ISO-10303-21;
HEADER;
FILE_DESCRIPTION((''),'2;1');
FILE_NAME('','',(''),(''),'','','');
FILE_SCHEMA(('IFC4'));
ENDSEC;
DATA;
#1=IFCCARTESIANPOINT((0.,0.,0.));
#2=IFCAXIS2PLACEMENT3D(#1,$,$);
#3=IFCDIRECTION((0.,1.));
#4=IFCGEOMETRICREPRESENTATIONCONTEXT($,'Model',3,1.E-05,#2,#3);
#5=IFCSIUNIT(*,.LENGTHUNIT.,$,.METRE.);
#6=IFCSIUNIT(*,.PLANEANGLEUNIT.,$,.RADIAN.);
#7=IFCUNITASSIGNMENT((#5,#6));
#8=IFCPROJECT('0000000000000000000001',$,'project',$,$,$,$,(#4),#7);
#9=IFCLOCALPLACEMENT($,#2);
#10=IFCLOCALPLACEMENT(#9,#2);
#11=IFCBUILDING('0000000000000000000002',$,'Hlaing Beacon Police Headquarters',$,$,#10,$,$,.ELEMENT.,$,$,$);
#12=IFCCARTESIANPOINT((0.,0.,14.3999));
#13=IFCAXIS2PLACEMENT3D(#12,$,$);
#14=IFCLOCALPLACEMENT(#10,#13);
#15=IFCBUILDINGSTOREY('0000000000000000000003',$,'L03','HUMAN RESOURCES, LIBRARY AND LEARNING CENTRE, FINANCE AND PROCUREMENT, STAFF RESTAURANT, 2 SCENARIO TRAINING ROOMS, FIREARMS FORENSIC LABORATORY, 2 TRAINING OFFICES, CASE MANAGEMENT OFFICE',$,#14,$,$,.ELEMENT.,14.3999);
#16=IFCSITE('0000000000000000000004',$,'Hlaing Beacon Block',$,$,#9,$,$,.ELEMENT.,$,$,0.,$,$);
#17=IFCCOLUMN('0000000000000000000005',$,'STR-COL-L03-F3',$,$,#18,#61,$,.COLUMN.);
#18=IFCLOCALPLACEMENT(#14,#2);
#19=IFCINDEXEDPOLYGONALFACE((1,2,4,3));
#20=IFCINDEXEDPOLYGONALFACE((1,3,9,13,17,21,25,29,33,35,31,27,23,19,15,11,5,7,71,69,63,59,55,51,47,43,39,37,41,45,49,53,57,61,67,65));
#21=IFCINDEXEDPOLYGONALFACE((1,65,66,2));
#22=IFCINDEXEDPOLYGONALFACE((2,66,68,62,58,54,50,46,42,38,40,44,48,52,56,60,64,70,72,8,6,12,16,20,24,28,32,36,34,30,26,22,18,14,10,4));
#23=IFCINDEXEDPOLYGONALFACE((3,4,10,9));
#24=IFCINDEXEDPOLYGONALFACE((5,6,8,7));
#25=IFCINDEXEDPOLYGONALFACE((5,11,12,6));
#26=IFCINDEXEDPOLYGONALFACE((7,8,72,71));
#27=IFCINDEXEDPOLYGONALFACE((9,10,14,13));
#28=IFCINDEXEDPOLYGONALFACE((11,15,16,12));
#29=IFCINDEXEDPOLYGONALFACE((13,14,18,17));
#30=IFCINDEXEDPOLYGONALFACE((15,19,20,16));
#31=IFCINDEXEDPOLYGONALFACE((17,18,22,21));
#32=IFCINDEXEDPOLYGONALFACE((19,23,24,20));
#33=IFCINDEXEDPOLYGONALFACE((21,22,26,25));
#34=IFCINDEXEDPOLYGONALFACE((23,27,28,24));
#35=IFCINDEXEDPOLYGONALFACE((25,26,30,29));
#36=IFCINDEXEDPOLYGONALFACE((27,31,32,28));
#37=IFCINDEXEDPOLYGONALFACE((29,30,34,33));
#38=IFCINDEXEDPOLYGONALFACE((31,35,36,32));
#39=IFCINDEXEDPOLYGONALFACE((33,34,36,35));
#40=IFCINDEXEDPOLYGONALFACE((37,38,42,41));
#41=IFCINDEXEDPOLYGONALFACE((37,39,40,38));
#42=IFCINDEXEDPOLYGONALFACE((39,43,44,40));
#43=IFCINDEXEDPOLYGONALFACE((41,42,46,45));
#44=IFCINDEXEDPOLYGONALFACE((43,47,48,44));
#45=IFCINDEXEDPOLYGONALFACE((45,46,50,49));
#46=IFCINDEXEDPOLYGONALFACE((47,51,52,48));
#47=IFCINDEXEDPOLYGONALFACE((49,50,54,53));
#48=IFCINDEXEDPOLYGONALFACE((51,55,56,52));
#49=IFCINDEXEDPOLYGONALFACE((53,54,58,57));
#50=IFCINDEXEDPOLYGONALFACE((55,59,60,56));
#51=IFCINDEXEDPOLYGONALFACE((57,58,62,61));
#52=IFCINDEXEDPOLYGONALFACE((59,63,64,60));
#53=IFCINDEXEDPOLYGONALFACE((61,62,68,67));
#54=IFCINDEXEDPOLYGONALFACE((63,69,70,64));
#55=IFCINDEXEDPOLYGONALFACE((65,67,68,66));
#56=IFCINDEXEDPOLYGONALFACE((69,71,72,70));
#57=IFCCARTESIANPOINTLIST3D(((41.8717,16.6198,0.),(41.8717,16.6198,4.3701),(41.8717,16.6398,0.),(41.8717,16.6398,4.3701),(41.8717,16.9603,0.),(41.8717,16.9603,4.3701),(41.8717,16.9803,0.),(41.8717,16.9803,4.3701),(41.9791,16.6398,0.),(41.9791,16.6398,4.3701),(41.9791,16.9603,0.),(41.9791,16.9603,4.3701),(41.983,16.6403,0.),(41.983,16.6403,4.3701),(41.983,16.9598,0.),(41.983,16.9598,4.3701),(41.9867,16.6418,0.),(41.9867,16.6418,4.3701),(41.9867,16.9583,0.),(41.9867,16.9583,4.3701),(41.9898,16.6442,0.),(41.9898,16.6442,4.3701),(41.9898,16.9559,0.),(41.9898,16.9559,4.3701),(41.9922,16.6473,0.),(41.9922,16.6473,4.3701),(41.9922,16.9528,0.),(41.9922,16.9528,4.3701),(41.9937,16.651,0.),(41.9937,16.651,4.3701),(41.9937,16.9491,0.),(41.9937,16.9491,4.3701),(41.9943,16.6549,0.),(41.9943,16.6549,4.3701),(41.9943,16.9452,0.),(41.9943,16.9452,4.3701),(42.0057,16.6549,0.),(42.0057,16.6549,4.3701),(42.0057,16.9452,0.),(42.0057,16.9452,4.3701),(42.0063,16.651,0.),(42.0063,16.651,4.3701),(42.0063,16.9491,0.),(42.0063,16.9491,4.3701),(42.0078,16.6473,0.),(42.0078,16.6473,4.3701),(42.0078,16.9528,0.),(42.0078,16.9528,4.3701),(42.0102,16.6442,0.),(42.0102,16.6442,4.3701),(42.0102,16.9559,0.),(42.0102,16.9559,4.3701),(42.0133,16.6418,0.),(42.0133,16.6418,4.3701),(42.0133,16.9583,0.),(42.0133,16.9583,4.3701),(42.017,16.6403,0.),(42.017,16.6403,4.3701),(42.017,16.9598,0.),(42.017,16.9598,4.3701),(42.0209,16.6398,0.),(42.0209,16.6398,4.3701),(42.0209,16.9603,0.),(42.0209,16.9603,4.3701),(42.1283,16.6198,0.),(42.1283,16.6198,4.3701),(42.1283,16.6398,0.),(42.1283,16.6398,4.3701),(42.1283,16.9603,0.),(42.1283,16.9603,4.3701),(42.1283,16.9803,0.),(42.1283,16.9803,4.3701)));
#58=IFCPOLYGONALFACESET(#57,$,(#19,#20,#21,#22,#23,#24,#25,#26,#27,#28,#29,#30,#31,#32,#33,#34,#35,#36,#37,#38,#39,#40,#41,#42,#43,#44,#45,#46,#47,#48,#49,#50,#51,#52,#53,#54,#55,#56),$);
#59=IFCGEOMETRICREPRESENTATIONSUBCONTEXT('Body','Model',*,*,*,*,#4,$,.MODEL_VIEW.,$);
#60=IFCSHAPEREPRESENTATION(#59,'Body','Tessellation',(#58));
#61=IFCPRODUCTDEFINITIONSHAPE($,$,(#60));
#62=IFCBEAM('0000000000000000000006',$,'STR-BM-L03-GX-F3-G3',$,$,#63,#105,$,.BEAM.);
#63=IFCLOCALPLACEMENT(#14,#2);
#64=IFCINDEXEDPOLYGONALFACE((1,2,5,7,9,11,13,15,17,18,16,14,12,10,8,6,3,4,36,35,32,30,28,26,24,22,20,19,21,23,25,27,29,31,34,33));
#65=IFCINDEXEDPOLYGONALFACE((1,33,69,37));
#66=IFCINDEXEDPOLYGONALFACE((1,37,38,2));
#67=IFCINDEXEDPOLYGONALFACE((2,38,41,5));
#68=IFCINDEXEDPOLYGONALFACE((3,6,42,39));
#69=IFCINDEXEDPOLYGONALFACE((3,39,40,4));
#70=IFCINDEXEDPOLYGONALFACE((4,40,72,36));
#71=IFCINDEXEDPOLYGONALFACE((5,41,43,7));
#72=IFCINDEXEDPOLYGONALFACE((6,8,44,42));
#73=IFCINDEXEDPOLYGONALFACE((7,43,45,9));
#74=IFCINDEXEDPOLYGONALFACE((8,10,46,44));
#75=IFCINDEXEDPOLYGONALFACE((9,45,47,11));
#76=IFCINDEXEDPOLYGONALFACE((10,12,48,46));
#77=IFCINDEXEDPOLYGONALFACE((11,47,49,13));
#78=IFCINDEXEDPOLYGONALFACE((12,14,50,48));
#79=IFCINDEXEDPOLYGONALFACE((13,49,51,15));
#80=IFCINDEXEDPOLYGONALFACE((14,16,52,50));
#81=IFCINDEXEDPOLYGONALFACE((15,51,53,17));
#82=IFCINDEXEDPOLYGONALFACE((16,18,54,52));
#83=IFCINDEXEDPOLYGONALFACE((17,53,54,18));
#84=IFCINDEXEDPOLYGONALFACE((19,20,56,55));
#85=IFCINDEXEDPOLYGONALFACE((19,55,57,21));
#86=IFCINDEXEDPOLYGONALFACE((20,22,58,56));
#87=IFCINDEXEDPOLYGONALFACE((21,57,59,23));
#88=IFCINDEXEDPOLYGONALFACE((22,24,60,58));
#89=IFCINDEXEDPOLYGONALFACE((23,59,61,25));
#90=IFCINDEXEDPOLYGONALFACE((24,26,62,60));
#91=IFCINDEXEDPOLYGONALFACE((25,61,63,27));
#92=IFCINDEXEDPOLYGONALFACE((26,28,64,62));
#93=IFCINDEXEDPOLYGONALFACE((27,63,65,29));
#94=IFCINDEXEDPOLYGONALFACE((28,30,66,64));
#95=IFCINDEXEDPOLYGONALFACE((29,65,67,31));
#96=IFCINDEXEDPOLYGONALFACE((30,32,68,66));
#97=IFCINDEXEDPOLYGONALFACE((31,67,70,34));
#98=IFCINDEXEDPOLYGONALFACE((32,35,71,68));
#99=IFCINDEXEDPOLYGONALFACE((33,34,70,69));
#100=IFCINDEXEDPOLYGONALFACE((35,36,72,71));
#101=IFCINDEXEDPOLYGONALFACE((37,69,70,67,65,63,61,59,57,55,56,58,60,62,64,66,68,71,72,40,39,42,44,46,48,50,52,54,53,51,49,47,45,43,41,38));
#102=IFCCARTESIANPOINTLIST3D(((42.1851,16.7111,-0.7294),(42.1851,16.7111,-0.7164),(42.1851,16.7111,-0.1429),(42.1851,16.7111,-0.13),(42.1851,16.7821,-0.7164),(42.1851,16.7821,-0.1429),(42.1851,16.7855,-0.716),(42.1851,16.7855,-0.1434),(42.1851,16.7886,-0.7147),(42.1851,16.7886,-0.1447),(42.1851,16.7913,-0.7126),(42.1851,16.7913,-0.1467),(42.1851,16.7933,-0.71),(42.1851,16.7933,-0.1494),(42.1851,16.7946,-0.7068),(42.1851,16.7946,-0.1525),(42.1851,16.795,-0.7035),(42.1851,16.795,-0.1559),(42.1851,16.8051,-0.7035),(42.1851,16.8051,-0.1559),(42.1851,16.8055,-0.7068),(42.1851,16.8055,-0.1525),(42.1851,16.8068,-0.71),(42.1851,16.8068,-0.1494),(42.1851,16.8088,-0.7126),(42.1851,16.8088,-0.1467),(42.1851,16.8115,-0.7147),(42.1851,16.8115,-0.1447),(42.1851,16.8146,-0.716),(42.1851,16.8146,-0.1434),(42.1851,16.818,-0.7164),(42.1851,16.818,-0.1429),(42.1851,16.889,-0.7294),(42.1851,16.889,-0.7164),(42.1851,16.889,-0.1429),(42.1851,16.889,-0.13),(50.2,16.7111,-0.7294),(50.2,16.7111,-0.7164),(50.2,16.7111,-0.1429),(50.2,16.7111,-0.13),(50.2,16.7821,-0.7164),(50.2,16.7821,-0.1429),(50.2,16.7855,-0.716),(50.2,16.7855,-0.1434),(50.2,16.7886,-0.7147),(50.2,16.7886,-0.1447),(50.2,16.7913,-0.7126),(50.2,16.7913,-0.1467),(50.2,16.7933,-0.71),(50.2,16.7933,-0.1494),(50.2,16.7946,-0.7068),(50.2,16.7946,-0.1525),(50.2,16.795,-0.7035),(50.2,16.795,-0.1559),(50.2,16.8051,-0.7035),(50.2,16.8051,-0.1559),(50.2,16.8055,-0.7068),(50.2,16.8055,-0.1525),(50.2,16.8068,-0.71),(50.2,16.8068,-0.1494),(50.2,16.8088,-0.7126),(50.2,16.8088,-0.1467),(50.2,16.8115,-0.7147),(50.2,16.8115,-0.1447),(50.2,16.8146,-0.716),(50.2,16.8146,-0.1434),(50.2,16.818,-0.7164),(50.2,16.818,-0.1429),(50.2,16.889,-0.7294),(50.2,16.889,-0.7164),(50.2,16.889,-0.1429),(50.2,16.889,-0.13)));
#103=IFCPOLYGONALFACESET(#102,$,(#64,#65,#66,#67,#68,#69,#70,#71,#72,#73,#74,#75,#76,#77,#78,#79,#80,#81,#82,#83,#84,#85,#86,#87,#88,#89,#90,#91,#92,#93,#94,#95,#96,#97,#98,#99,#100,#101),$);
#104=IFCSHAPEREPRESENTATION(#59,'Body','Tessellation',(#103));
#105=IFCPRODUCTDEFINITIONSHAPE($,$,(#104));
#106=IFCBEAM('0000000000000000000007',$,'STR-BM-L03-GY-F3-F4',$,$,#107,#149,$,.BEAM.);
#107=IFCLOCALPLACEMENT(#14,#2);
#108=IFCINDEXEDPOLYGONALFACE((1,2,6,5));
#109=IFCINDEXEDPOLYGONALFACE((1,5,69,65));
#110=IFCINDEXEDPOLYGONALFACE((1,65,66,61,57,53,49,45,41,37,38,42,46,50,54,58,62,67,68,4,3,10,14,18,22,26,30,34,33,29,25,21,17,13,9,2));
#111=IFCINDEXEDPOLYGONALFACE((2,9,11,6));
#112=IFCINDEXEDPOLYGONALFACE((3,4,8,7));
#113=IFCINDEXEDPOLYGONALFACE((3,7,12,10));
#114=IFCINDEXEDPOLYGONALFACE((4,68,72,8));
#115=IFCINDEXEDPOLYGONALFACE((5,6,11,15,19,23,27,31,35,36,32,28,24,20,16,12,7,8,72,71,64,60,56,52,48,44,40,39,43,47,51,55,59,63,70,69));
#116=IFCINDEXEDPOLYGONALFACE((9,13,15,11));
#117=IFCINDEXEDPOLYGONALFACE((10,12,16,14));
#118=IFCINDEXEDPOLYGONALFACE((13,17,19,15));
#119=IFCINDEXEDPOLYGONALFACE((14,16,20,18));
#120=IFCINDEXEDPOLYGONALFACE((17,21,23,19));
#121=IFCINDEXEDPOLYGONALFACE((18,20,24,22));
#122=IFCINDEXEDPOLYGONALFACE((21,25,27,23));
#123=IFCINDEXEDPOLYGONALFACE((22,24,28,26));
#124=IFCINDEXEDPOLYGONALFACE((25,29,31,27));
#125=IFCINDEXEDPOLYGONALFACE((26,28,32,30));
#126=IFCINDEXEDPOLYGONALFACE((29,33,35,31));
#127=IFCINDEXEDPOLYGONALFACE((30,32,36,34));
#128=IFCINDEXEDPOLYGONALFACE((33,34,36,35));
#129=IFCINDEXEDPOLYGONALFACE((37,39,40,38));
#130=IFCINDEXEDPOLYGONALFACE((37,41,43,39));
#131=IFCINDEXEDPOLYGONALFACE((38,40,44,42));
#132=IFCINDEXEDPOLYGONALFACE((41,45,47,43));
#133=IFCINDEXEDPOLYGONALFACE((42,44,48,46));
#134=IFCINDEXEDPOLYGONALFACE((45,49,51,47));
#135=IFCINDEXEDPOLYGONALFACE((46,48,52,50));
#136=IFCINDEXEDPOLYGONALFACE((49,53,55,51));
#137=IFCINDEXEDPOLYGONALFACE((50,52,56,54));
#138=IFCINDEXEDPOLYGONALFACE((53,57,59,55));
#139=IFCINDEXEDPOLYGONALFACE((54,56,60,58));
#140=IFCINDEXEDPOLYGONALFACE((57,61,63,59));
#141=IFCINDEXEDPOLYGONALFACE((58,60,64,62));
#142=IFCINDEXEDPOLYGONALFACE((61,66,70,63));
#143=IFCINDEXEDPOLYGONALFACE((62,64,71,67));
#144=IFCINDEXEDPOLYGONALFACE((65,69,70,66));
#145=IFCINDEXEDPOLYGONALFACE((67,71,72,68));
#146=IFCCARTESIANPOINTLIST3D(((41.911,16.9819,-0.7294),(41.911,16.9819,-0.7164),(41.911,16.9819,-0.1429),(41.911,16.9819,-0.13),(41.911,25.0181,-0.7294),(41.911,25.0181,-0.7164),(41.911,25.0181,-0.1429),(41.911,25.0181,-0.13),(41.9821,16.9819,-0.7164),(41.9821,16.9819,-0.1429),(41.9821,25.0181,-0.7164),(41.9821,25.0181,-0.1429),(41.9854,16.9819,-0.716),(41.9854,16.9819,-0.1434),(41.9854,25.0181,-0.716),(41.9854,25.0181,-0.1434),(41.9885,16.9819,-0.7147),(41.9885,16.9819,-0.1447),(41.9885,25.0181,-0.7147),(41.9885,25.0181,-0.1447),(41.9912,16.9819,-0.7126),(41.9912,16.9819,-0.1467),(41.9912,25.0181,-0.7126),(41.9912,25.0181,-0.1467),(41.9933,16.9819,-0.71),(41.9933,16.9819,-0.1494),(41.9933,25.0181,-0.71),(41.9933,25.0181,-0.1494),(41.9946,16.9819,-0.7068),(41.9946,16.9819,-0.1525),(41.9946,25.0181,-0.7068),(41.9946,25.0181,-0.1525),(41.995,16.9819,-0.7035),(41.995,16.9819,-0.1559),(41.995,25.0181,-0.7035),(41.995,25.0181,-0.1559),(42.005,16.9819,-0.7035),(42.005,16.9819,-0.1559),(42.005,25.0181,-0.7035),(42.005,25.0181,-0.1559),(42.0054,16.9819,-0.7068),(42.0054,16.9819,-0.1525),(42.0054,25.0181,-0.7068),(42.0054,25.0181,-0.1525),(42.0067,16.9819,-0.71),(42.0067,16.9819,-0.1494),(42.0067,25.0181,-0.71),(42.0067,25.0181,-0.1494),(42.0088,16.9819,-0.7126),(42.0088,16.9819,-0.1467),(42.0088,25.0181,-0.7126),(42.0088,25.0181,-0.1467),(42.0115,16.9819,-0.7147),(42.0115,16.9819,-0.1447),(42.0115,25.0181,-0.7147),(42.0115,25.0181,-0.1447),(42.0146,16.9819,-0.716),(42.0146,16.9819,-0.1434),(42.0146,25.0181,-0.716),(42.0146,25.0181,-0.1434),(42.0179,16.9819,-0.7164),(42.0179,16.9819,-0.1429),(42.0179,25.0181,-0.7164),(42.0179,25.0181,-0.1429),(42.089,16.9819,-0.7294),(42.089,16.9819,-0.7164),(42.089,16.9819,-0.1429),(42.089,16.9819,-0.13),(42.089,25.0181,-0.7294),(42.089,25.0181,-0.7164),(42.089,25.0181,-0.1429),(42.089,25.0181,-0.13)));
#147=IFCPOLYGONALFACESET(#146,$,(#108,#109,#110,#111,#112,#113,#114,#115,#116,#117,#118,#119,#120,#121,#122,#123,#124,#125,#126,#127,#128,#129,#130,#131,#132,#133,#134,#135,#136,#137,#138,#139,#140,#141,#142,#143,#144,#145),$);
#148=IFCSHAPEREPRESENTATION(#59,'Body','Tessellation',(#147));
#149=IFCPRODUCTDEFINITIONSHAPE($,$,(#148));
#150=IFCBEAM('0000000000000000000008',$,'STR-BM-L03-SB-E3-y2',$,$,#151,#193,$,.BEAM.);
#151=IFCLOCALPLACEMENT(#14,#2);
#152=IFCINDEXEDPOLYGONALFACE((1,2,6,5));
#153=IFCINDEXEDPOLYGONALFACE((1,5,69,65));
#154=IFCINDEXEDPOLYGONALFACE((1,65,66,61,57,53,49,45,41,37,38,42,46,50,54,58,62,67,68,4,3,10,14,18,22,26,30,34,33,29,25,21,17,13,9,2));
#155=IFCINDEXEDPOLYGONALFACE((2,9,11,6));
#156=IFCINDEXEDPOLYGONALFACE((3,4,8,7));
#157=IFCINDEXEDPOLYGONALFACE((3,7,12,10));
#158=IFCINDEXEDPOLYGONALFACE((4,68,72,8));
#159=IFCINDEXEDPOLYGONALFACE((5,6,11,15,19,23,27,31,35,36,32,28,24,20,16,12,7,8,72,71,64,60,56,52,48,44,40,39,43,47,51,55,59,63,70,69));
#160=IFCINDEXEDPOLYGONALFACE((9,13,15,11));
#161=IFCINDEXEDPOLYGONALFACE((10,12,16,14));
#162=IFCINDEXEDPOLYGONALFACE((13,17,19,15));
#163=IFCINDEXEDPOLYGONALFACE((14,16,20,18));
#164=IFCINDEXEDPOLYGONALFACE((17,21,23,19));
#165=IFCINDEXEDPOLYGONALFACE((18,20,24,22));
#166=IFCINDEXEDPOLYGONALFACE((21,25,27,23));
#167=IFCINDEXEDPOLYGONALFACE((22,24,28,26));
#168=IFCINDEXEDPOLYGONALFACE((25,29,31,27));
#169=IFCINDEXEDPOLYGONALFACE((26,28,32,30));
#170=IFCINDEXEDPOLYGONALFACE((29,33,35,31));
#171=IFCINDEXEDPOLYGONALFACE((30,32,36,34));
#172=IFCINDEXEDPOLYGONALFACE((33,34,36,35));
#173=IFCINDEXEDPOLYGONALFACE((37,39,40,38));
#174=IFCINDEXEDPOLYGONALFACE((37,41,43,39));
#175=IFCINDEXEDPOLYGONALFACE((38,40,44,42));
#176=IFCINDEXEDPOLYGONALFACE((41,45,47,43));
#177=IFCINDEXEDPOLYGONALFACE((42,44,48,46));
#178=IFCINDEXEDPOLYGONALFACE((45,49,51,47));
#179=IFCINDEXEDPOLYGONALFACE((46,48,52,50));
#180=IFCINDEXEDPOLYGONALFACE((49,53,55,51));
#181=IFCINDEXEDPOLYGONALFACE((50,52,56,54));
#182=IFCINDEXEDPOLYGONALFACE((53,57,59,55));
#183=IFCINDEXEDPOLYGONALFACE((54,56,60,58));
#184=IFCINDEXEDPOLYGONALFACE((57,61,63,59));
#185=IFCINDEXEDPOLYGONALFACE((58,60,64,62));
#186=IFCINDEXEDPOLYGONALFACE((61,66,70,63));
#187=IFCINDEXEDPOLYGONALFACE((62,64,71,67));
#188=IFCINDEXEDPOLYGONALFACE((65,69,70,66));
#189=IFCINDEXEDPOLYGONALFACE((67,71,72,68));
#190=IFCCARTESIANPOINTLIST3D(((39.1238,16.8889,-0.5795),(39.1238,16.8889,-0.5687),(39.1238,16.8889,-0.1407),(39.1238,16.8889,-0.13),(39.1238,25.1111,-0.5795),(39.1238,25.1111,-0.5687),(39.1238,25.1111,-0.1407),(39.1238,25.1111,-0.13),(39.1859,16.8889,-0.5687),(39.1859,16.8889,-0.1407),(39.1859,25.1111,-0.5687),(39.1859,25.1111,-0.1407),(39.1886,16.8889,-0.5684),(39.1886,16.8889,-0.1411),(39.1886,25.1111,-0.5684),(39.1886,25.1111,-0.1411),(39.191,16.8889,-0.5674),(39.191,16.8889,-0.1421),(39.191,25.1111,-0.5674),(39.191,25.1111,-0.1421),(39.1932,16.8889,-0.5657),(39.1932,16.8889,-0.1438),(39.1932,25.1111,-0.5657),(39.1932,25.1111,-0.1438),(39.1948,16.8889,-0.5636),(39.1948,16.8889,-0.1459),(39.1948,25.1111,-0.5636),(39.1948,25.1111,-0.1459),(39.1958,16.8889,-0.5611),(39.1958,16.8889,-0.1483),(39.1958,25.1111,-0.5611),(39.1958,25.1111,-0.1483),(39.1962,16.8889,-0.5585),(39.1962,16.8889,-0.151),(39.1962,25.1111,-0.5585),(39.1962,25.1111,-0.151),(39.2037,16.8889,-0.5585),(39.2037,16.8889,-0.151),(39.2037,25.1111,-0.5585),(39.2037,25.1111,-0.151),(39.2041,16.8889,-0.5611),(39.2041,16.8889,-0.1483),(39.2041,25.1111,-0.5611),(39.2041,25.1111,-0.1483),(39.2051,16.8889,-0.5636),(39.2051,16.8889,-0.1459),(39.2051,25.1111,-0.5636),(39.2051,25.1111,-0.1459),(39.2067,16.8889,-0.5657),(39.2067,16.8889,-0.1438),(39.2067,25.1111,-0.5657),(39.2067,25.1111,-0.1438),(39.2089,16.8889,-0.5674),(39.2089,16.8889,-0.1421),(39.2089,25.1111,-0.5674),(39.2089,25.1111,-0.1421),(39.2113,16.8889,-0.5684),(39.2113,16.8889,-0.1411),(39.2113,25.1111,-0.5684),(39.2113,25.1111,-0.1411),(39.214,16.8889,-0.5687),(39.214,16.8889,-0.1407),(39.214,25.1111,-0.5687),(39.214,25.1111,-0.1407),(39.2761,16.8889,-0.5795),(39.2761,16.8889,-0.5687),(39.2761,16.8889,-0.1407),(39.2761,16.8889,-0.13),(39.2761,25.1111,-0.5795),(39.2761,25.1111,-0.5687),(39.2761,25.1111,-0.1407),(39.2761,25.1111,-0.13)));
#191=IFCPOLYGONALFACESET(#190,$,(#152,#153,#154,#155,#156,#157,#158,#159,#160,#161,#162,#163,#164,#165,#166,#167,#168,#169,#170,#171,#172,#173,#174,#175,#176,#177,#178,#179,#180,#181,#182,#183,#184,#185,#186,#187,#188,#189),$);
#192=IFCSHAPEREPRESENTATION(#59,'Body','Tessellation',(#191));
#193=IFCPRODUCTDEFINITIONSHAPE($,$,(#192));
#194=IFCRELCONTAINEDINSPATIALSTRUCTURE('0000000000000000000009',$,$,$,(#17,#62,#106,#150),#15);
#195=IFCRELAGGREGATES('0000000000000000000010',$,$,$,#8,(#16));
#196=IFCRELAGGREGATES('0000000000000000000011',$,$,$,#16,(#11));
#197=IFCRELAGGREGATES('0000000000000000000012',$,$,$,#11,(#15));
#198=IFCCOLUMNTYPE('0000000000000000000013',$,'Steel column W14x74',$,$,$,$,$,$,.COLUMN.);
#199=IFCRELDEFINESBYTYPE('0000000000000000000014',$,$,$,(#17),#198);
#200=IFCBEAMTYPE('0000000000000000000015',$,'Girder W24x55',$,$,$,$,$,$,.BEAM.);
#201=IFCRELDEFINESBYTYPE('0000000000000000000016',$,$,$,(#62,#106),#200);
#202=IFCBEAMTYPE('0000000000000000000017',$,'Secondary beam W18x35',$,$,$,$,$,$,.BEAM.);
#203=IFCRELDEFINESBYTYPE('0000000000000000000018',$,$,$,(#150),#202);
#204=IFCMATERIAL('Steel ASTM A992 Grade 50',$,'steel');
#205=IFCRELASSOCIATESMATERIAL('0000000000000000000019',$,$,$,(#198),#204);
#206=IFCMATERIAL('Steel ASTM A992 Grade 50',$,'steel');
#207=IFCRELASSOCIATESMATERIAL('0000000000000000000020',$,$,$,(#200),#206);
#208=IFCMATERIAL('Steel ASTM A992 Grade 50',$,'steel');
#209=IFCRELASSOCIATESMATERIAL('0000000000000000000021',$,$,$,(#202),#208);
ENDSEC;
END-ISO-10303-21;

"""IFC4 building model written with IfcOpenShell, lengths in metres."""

from ifc_helpers import new_model, si_unit, direction, frame, origin, origin_2d, place, context, subcontext, project, spatial, i_section, extrude, material, material_profile, profile_set, type_object, element, save


model = new_model("IFC4")

# Units and contexts
model_context = context("Model", 3, precision=1e-05, world=origin(), true_north=direction((0.0, 1.0)))
body_context = subcontext(model_context, "Body", "Model", "MODEL_VIEW")
ifc_project = project(units=[si_unit("LENGTHUNIT", "METRE"), si_unit("PLANEANGLEUNIT", "RADIAN")], contexts=[model_context])

# Site, building, storey
site_placement = place(None, origin())
site = spatial("IfcSite", under=ifc_project, at=site_placement, Name="Hlaing Beacon Block", CompositionType="ELEMENT", RefElevation=0.0)
building_placement = place(site_placement, origin())
building = spatial("IfcBuilding", under=site, at=building_placement, Name="Hlaing Beacon Police Headquarters", CompositionType="ELEMENT")
storey_placement = place(building_placement, frame((0.0, 0.0, 14.3999)))
storey = spatial("IfcBuildingStorey", under=building, at=storey_placement, Name="L03", Description="HUMAN RESOURCES, LIBRARY AND LEARNING CENTRE, FINANCE AND PROCUREMENT, STAFF RESTAURANT, 2 SCENARIO TRAINING ROOMS, FIREARMS FORENSIC LABORATORY, 2 TRAINING OFFICES, CASE MANAGEMENT OFFICE", CompositionType="ELEMENT", Elevation=14.3999)

# Column
ifc_material_1 = material(Name="Steel ASTM A992 Grade 50", Category="steel")
ifc_material_profile_1 = material_profile(ifc_material_1, i_section(OverallWidth=0.2566, OverallDepth=0.3606, WebThickness=0.0115, FlangeThickness=0.02, FilletRadius=0.0151, at=origin_2d()), Name="W14x74")
ifc_profile_set_1 = profile_set([ifc_material_profile_1], Name="Steel ASTM A992 Grade 50")
column_type = type_object("IfcColumnType", Name="Steel column W14x74", PredefinedType="COLUMN", material=ifc_profile_set_1)
column_placement = place(storey_placement, frame((42.0, 16.8, 0.0), z_axis=(0.0, 0.0, 1.0), x_axis=(1.0, 0.0, 0.0)))
element("IfcColumn", 1, at=column_placement, inside=storey, type_object=column_type, Name="STR-COL-L03-F3", PredefinedType="COLUMN", context=body_context, shape_type="SweptSolid", body=[
    extrude(i_section(OverallWidth=0.2566, OverallDepth=0.3606, WebThickness=0.0115, FlangeThickness=0.02, FilletRadius=0.0151, at=origin_2d()), origin(), (0.0, 0.0, 1.0), 4.3701),
])

# Beams
ifc_material_2 = material(Name="Steel ASTM A992 Grade 50", Category="steel")
ifc_material_profile_2 = material_profile(ifc_material_2, i_section(OverallWidth=0.178, OverallDepth=0.5994, WebThickness=0.01, FlangeThickness=0.0129, FilletRadius=0.0129, at=origin_2d()), Name="W24x55")
ifc_profile_set_2 = profile_set([ifc_material_profile_2], Name="Steel ASTM A992 Grade 50")
beam_type_1 = type_object("IfcBeamType", Name="Girder W24x55", PredefinedType="BEAM", material=ifc_profile_set_2)
beam_1_placement = place(storey_placement, frame((42.1851, 16.8, -0.4297), z_axis=(1.0, 0.0, 0.0), x_axis=(0.0, 1.0, 0.0)))
element("IfcBeam", 2, at=beam_1_placement, inside=storey, type_object=beam_type_1, Name="STR-BM-L03-GX-F3-G3", PredefinedType="BEAM", context=body_context, shape_type="SweptSolid", body=[
    extrude(i_section(OverallWidth=0.178, OverallDepth=0.5994, WebThickness=0.01, FlangeThickness=0.0129, FilletRadius=0.0129, at=origin_2d()), origin(), (0.0, 0.0, 1.0), 8.0149),
])
beam_2_placement = place(storey_placement, frame((42.0, 16.9819, -0.4297), z_axis=(0.0, 1.0, 0.0), x_axis=(-1.0, 0.0, 0.0)))
element("IfcBeam", 3, at=beam_2_placement, inside=storey, type_object=beam_type_1, Name="STR-BM-L03-GY-F3-F4", PredefinedType="BEAM", context=body_context, shape_type="SweptSolid", body=[
    extrude(i_section(OverallWidth=0.178, OverallDepth=0.5994, WebThickness=0.01, FlangeThickness=0.0129, FilletRadius=0.0129, at=origin_2d()), origin(), (0.0, 0.0, 1.0), 8.0361),
])
ifc_material_3 = material(Name="Steel ASTM A992 Grade 50", Category="steel")
ifc_material_profile_3 = material_profile(ifc_material_3, i_section(OverallWidth=0.1523, OverallDepth=0.4495, WebThickness=0.0076, FlangeThickness=0.0107, FilletRadius=0.0103, at=origin_2d()), Name="W18x35")
ifc_profile_set_3 = profile_set([ifc_material_profile_3], Name="Steel ASTM A992 Grade 50")
beam_type_2 = type_object("IfcBeamType", Name="Secondary beam W18x35", PredefinedType="BEAM", material=ifc_profile_set_3)
beam_3_placement = place(storey_placement, frame((39.2, 16.8889, -0.3547), z_axis=(0.0, 1.0, 0.0), x_axis=(-1.0, 0.0, 0.0)))
element("IfcBeam", 4, at=beam_3_placement, inside=storey, type_object=beam_type_2, Name="STR-BM-L03-SB-E3-y2", PredefinedType="BEAM", context=body_context, shape_type="SweptSolid", body=[
    extrude(i_section(OverallWidth=0.1523, OverallDepth=0.4495, WebThickness=0.0076, FlangeThickness=0.0107, FilletRadius=0.0103, at=origin_2d()), origin(), (0.0, 0.0, 1.0), 8.2222),
])

save(model, "model.ifc")
